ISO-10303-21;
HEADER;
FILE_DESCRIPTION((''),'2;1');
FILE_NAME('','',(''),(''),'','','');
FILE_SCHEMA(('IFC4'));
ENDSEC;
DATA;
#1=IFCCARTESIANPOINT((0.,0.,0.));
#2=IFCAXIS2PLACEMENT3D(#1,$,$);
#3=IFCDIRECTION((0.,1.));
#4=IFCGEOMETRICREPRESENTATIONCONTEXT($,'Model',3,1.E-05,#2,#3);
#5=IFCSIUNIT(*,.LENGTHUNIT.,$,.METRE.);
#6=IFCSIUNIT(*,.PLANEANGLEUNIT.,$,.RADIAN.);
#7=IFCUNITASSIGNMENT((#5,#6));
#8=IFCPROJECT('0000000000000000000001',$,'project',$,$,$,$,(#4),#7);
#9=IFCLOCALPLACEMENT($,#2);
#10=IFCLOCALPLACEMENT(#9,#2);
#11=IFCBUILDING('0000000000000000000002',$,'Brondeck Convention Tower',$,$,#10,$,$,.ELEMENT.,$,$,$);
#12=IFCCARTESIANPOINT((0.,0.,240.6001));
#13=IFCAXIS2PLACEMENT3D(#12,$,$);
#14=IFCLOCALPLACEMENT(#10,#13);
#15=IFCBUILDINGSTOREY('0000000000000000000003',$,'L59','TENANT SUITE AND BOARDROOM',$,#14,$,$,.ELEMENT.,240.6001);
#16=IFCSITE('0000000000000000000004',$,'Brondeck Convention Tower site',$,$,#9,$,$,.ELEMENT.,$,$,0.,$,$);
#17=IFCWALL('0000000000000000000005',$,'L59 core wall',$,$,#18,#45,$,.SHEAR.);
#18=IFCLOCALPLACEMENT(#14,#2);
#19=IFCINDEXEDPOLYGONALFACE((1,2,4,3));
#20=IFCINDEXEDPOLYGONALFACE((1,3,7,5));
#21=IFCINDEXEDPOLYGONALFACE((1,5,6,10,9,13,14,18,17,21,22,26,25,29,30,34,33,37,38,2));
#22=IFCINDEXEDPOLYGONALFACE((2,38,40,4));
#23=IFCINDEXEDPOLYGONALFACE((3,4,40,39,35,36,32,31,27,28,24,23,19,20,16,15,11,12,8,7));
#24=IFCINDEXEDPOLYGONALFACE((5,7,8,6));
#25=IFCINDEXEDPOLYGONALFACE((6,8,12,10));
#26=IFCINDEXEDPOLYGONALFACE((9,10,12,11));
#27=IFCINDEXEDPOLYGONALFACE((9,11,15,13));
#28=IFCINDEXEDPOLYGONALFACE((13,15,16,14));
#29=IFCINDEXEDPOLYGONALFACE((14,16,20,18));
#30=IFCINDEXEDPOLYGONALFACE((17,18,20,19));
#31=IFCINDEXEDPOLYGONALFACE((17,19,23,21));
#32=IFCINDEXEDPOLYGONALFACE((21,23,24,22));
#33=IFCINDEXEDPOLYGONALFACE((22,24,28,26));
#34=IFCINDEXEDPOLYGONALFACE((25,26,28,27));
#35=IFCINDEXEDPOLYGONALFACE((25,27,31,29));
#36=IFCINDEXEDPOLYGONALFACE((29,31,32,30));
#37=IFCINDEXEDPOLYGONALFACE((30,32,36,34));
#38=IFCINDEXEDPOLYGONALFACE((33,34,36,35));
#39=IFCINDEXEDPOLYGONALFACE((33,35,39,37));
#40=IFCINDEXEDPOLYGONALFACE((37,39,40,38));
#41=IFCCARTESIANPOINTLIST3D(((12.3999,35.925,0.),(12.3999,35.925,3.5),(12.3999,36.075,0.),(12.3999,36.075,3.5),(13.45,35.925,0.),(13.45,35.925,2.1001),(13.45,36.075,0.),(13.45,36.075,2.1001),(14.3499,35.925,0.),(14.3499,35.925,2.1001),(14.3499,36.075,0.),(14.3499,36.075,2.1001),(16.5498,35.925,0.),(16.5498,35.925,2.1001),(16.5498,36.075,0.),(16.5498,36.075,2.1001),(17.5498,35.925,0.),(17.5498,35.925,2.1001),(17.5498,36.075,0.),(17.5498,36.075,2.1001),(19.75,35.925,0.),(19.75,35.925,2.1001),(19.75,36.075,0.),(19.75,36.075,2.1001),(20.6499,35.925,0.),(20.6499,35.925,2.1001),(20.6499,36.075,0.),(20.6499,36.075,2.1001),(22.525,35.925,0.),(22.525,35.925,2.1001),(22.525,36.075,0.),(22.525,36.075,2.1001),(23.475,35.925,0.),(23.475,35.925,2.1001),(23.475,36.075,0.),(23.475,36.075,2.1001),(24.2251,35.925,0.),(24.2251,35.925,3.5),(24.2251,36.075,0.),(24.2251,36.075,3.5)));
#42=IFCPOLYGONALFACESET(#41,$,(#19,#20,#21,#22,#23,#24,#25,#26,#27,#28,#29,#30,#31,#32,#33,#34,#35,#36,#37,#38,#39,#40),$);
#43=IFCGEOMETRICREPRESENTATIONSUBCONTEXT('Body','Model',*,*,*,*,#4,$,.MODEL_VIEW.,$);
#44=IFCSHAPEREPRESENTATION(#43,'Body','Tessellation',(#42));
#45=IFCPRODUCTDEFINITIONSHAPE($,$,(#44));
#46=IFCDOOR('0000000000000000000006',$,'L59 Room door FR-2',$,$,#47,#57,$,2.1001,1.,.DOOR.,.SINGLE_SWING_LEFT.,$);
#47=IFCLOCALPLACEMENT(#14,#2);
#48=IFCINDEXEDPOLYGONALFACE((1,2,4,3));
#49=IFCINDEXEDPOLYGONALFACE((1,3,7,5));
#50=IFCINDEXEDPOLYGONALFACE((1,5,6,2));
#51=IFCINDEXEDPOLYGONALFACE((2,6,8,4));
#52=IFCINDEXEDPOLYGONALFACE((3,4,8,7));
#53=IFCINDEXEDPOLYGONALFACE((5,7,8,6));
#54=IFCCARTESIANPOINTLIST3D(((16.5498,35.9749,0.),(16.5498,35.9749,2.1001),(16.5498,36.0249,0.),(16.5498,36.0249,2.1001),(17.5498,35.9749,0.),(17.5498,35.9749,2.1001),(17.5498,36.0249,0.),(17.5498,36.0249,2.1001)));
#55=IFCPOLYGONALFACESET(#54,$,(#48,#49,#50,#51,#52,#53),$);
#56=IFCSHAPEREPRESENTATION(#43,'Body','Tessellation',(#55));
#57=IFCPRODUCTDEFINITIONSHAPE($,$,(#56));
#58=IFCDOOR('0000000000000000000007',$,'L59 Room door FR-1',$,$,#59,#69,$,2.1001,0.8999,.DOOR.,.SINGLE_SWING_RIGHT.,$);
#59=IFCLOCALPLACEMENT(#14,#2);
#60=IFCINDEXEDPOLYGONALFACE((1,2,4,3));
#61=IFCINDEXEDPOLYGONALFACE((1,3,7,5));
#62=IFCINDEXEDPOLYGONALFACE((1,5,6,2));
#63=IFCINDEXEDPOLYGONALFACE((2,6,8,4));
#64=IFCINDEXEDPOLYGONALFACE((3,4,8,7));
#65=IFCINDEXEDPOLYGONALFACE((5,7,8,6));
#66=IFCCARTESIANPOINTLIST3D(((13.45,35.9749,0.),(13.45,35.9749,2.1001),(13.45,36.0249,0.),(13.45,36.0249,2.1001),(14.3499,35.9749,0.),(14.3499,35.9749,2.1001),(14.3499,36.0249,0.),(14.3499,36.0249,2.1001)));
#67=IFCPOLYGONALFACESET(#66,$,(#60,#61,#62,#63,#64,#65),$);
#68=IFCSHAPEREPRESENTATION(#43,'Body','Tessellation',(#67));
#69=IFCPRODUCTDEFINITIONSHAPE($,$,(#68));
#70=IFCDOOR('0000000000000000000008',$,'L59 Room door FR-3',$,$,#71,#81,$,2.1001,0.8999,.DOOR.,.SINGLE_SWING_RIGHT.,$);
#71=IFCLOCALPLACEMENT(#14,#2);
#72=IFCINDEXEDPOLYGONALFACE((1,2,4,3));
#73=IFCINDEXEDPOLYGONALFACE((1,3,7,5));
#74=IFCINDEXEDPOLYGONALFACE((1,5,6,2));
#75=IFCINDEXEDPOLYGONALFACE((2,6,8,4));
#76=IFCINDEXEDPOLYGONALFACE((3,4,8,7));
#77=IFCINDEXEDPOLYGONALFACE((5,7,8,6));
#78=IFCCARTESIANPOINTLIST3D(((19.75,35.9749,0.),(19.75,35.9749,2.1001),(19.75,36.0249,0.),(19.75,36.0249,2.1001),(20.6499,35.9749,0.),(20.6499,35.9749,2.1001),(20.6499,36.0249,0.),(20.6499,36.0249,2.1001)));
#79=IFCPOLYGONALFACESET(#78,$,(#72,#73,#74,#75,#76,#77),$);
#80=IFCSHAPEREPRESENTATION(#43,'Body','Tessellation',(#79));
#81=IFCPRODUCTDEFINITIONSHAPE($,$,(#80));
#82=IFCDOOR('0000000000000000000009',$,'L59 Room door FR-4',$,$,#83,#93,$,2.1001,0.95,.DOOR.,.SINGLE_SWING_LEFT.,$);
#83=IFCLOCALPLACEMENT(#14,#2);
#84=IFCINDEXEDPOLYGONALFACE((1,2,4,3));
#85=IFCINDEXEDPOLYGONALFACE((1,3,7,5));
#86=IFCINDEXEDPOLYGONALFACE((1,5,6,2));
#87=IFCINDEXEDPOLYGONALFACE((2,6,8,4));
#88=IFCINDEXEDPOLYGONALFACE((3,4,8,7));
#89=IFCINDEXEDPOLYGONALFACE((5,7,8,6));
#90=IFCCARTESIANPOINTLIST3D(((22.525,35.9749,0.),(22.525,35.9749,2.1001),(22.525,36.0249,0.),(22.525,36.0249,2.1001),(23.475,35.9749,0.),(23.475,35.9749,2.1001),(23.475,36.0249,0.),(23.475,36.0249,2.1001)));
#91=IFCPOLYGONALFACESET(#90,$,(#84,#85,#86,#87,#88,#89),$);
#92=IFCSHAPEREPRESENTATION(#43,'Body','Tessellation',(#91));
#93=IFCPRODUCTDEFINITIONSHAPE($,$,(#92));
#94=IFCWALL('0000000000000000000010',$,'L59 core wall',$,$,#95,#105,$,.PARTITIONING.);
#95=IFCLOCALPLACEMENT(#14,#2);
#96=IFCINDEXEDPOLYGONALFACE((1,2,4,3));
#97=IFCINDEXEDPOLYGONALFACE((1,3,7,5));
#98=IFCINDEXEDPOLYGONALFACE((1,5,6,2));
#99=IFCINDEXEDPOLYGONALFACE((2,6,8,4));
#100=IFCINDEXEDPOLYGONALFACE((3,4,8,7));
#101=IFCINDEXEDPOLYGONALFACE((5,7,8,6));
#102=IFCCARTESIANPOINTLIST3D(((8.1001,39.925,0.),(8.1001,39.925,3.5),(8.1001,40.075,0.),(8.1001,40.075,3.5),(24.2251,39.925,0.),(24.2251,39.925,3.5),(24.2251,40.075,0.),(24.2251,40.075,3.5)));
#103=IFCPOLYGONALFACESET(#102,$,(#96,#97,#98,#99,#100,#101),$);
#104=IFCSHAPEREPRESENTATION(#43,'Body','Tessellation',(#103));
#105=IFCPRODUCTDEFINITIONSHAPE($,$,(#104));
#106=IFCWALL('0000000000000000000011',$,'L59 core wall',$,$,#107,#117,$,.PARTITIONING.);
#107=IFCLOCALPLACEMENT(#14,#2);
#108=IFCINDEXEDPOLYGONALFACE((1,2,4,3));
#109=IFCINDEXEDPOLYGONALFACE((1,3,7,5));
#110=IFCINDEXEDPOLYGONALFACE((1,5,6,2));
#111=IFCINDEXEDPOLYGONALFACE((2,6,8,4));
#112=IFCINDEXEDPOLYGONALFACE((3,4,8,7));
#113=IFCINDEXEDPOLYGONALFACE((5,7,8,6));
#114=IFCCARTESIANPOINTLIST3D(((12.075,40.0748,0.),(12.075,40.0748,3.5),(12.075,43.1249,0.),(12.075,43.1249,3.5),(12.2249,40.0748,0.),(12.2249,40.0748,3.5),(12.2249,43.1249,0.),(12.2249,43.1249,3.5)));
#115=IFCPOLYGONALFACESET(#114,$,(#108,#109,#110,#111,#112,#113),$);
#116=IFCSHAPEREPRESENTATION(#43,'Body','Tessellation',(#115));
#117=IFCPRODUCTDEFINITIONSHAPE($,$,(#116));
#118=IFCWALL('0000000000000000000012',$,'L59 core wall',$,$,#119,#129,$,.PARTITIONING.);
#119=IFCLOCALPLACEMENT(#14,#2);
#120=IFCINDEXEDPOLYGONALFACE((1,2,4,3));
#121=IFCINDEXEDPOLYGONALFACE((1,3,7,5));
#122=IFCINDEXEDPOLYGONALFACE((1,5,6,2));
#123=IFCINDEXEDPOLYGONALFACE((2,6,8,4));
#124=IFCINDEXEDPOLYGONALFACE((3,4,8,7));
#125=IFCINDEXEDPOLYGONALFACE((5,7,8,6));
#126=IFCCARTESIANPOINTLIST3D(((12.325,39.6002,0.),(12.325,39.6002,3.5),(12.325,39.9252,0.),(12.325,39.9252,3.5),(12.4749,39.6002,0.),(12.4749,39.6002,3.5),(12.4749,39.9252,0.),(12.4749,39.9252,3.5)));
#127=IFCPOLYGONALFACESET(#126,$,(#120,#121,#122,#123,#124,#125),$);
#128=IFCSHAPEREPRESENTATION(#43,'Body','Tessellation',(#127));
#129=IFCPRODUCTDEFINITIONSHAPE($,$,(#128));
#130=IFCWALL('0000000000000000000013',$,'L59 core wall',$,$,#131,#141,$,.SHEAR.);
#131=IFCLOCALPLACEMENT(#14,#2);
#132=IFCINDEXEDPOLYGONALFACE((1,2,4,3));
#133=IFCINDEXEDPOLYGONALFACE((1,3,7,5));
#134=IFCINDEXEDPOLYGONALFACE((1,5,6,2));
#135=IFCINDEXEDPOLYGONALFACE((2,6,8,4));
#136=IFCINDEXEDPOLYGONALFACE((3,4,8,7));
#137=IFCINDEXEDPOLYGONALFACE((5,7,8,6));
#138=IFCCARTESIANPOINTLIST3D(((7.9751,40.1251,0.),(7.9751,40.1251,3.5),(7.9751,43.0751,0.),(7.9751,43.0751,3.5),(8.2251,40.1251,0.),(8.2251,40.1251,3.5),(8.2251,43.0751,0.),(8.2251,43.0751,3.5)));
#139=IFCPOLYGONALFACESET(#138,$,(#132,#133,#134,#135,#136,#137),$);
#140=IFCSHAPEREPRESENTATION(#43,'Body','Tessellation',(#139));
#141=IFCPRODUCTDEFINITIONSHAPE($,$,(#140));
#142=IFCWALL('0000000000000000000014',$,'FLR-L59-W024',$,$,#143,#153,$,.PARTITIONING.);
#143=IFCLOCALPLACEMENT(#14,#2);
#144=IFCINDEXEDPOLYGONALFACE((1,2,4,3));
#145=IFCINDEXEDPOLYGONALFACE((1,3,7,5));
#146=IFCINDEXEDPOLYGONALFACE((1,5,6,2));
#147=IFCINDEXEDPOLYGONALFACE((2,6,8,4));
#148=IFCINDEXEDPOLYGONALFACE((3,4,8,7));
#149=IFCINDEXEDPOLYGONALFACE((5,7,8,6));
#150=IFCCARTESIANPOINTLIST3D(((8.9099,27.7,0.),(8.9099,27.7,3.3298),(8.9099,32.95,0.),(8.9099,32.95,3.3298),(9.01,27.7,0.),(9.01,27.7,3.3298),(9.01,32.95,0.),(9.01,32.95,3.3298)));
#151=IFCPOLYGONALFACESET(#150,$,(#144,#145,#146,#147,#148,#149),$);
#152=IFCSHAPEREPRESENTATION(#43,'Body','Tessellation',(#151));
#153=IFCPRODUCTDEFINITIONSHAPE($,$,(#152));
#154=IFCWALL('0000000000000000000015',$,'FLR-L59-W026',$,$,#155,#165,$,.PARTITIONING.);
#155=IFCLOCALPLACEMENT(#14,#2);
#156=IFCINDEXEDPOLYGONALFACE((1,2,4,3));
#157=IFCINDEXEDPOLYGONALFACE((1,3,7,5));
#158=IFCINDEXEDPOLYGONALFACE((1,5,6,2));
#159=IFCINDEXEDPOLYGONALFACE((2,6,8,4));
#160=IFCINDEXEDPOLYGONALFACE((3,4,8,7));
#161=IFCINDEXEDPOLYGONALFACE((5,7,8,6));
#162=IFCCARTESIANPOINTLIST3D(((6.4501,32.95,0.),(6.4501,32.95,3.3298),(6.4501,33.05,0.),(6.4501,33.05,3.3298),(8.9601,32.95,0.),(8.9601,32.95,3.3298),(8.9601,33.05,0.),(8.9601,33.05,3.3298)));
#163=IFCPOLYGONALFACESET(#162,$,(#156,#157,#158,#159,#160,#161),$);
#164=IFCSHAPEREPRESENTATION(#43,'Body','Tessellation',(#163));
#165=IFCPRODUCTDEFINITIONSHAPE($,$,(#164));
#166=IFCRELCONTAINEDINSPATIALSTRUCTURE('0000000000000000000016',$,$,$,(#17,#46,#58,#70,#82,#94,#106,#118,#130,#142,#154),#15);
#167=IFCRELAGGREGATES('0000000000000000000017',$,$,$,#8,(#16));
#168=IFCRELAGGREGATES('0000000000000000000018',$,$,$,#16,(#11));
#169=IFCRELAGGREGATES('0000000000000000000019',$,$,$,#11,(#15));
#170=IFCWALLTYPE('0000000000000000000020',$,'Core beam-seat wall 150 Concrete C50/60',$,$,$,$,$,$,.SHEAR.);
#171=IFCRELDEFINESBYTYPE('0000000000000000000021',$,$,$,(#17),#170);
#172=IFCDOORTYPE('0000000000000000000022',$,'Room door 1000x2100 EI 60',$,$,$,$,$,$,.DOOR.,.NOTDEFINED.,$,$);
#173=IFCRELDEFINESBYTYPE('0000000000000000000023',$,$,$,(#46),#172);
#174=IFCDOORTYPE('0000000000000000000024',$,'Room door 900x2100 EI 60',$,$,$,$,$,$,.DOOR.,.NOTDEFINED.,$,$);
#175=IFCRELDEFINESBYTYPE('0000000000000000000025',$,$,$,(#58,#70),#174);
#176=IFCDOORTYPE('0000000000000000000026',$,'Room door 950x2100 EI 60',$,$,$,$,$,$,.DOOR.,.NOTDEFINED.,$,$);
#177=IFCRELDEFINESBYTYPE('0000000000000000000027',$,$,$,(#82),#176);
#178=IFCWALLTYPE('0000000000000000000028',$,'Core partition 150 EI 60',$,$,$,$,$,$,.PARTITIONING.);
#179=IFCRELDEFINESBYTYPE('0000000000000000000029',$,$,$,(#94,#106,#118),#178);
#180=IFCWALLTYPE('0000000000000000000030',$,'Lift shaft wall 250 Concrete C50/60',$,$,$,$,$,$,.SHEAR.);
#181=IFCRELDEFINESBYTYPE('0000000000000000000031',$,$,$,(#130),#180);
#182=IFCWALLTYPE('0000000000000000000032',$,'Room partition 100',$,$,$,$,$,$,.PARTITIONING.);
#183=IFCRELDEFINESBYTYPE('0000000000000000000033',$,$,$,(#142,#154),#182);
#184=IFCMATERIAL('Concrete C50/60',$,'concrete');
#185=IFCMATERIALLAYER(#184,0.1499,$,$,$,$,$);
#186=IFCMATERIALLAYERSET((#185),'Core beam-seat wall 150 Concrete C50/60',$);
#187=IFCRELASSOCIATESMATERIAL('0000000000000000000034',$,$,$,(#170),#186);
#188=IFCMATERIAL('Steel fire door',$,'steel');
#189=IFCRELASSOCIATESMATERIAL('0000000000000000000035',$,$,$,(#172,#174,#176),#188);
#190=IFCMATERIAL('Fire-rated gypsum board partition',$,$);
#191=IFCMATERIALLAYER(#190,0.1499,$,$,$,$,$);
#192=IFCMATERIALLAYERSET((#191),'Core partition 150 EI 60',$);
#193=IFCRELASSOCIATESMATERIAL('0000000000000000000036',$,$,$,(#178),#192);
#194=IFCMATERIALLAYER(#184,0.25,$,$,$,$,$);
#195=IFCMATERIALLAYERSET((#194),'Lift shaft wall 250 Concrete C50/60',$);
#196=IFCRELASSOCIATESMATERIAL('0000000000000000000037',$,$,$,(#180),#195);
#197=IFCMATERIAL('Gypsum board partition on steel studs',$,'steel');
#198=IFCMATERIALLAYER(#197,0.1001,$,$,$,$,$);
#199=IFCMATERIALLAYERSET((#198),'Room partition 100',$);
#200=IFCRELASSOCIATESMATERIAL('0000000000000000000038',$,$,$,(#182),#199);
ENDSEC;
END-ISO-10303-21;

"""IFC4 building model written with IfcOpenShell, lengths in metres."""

from ifc_helpers import new_model, si_unit, direction, frame, frame_2d, origin, place, context, subcontext, project, spatial, rectangle, extrude, material, layer, layer_set, type_object, element, fill, save


model = new_model("IFC4")

# Units and contexts
model_context = context("Model", 3, precision=1e-05, world=origin(), true_north=direction((0.0, 1.0)))
body_context = subcontext(model_context, "Body", "Model", "MODEL_VIEW")
ifc_project = project(units=[si_unit("LENGTHUNIT", "METRE"), si_unit("PLANEANGLEUNIT", "RADIAN")], contexts=[model_context])

# Site, building, storey
site_placement = place(None, origin())
site = spatial("IfcSite", under=ifc_project, at=site_placement, Name="Brondeck Convention Tower site", CompositionType="ELEMENT", RefElevation=0.0)
building_placement = place(site_placement, origin())
building = spatial("IfcBuilding", under=site, at=building_placement, Name="Brondeck Convention Tower", CompositionType="ELEMENT")
storey_placement = place(building_placement, frame((0.0, 0.0, 240.6001)))
storey = spatial("IfcBuildingStorey", under=building, at=storey_placement, Name="L59", Description="TENANT SUITE AND BOARDROOM", CompositionType="ELEMENT", Elevation=240.6001)

# Shared definitions
ifc_material_1 = material(Name="Concrete C50/60", Category="concrete")

# Wall, openings, doors
ifc_layer_1 = layer(ifc_material_1, 0.1499)
ifc_layer_set_1 = layer_set([ifc_layer_1], Name="Core beam-seat wall 150 Concrete C50/60")
wall_type_1 = type_object("IfcWallType", Name="Core beam-seat wall 150 Concrete C50/60", PredefinedType="SHEAR", material=ifc_layer_set_1)
wall_1_placement = place(storey_placement, frame((12.3999, 36.0, 0.0), z_axis=(0.0, 0.0, 1.0), x_axis=(1.0, 0.0, 0.0)))
wall_1 = element("IfcWall", 1, at=wall_1_placement, inside=storey, type_object=wall_type_1, Name="L59 core wall", PredefinedType="SHEAR", context=body_context, shape_type="SweptSolid", body=[
    extrude(rectangle(XDim=11.8252, YDim=0.1499, at=frame_2d((5.9126, 0.0))), origin(), (0.0, 0.0, 1.0), 3.5),
])
opening_1_placement = place(wall_1_placement, frame((1.05, 0.0, 0.0)))
opening_1 = element("IfcOpeningElement", 2, at=opening_1_placement, cuts=wall_1, PredefinedType="OPENING", context=body_context, shape_type="SweptSolid", body=[
    extrude(rectangle(XDim=0.8999, YDim=2.1001, at=frame_2d((0.45, 1.05))), frame((0.0, 0.085, 0.0), z_axis=(0.0, -1.0, 0.0), x_axis=(1.0, 0.0, 0.0)), (0.0, 0.0, 1.0), 0.1699),
])
opening_2_placement = place(wall_1_placement, frame((4.1499, 0.0, 0.0)))
opening_2 = element("IfcOpeningElement", 3, at=opening_2_placement, cuts=wall_1, PredefinedType="OPENING", context=body_context, shape_type="SweptSolid", body=[
    extrude(rectangle(XDim=1.0, YDim=2.1001, at=frame_2d((0.5, 1.05))), frame((0.0, 0.085, 0.0), z_axis=(0.0, -1.0, 0.0), x_axis=(1.0, 0.0, 0.0)), (0.0, 0.0, 1.0), 0.1699),
])
opening_3_placement = place(wall_1_placement, frame((7.3501, 0.0, 0.0)))
opening_3 = element("IfcOpeningElement", 4, at=opening_3_placement, cuts=wall_1, PredefinedType="OPENING", context=body_context, shape_type="SweptSolid", body=[
    extrude(rectangle(XDim=0.8999, YDim=2.1001, at=frame_2d((0.45, 1.05))), frame((0.0, 0.085, 0.0), z_axis=(0.0, -1.0, 0.0), x_axis=(1.0, 0.0, 0.0)), (0.0, 0.0, 1.0), 0.1699),
])
opening_4_placement = place(wall_1_placement, frame((10.125, 0.0, 0.0)))
opening_4 = element("IfcOpeningElement", 5, at=opening_4_placement, cuts=wall_1, PredefinedType="OPENING", context=body_context, shape_type="SweptSolid", body=[
    extrude(rectangle(XDim=0.95, YDim=2.1001, at=frame_2d((0.4751, 1.05))), frame((0.0, 0.085, 0.0), z_axis=(0.0, -1.0, 0.0), x_axis=(1.0, 0.0, 0.0)), (0.0, 0.0, 1.0), 0.1699),
])
ifc_material_2 = material(Name="Steel fire door", Category="steel")
door_type_1 = type_object("IfcDoorType", Name="Room door 1000x2100 EI 60", OperationType="NOTDEFINED", PredefinedType="DOOR", material=ifc_material_2)
door_1_placement = place(opening_2_placement, origin())
door_1 = element("IfcDoor", 6, at=door_1_placement, inside=storey, type_object=door_type_1, Name="L59 Room door FR-2", OperationType="SINGLE_SWING_LEFT", OverallHeight=2.1001, OverallWidth=1.0, PredefinedType="DOOR", context=body_context, shape_type="SweptSolid", body=[
    extrude(rectangle(XDim=1.0, YDim=2.1001, at=frame_2d((0.5, 1.05))), frame((0.0, 0.0249, 0.0), z_axis=(0.0, -1.0, 0.0), x_axis=(1.0, 0.0, 0.0)), (0.0, 0.0, 1.0), 0.05),
])
fill(opening_2, door_1)
door_type_2 = type_object("IfcDoorType", Name="Room door 900x2100 EI 60", OperationType="NOTDEFINED", PredefinedType="DOOR", material=ifc_material_2)
door_2_placement = place(opening_1_placement, origin())
door_2 = element("IfcDoor", 7, at=door_2_placement, inside=storey, type_object=door_type_2, Name="L59 Room door FR-1", OperationType="SINGLE_SWING_RIGHT", OverallHeight=2.1001, OverallWidth=0.8999, PredefinedType="DOOR", context=body_context, shape_type="SweptSolid", body=[
    extrude(rectangle(XDim=0.8999, YDim=2.1001, at=frame_2d((0.45, 1.05))), frame((0.0, 0.0249, 0.0), z_axis=(0.0, -1.0, 0.0), x_axis=(1.0, 0.0, 0.0)), (0.0, 0.0, 1.0), 0.05),
])
fill(opening_1, door_2)
door_3_placement = place(opening_3_placement, origin())
door_3 = element("IfcDoor", 8, at=door_3_placement, inside=storey, type_object=door_type_2, Name="L59 Room door FR-3", OperationType="SINGLE_SWING_RIGHT", OverallHeight=2.1001, OverallWidth=0.8999, PredefinedType="DOOR", context=body_context, shape_type="SweptSolid", body=[
    extrude(rectangle(XDim=0.8999, YDim=2.1001, at=frame_2d((0.45, 1.05))), frame((0.0, 0.0249, 0.0), z_axis=(0.0, -1.0, 0.0), x_axis=(1.0, 0.0, 0.0)), (0.0, 0.0, 1.0), 0.05),
])
fill(opening_3, door_3)
door_type_3 = type_object("IfcDoorType", Name="Room door 950x2100 EI 60", OperationType="NOTDEFINED", PredefinedType="DOOR", material=ifc_material_2)
door_4_placement = place(opening_4_placement, origin())
door_4 = element("IfcDoor", 9, at=door_4_placement, inside=storey, type_object=door_type_3, Name="L59 Room door FR-4", OperationType="SINGLE_SWING_LEFT", OverallHeight=2.1001, OverallWidth=0.95, PredefinedType="DOOR", context=body_context, shape_type="SweptSolid", body=[
    extrude(rectangle(XDim=0.95, YDim=2.1001, at=frame_2d((0.4751, 1.05))), frame((0.0, 0.0249, 0.0), z_axis=(0.0, -1.0, 0.0), x_axis=(1.0, 0.0, 0.0)), (0.0, 0.0, 1.0), 0.05),
])
fill(opening_4, door_4)

# Walls
ifc_material_3 = material(Name="Fire-rated gypsum board partition")
ifc_layer_2 = layer(ifc_material_3, 0.1499)
ifc_layer_set_2 = layer_set([ifc_layer_2], Name="Core partition 150 EI 60")
wall_type_2 = type_object("IfcWallType", Name="Core partition 150 EI 60", PredefinedType="PARTITIONING", material=ifc_layer_set_2)
wall_2_placement = place(storey_placement, frame((8.1001, 40.0, 0.0), z_axis=(0.0, 0.0, 1.0), x_axis=(1.0, 0.0, 0.0)))
element("IfcWall", 10, at=wall_2_placement, inside=storey, type_object=wall_type_2, Name="L59 core wall", PredefinedType="PARTITIONING", context=body_context, shape_type="SweptSolid", body=[
    extrude(rectangle(XDim=16.125, YDim=0.1499, at=frame_2d((8.0625, 0.0))), origin(), (0.0, 0.0, 1.0), 3.5),
])
wall_3_placement = place(storey_placement, frame((12.1499, 40.075, 0.0), z_axis=(0.0, 0.0, 1.0), x_axis=(0.0, 1.0, 0.0)))
element("IfcWall", 11, at=wall_3_placement, inside=storey, type_object=wall_type_2, Name="L59 core wall", PredefinedType="PARTITIONING", context=body_context, shape_type="SweptSolid", body=[
    extrude(rectangle(XDim=3.05, YDim=0.1499, at=frame_2d((1.5249, 0.0))), origin(), (0.0, 0.0, 1.0), 3.5),
])
wall_4_placement = place(storey_placement, frame((12.3999, 39.6001, 0.0), z_axis=(0.0, 0.0, 1.0), x_axis=(0.0, 1.0, 0.0)))
element("IfcWall", 12, at=wall_4_placement, inside=storey, type_object=wall_type_2, Name="L59 core wall", PredefinedType="PARTITIONING", context=body_context, shape_type="SweptSolid", body=[
    extrude(rectangle(XDim=0.325, YDim=0.1499, at=frame_2d((0.1626, 0.0))), origin(), (0.0, 0.0, 1.0), 3.5),
])
ifc_layer_3 = layer(ifc_material_1, 0.25)
ifc_layer_set_3 = layer_set([ifc_layer_3], Name="Lift shaft wall 250 Concrete C50/60")
wall_type_3 = type_object("IfcWallType", Name="Lift shaft wall 250 Concrete C50/60", PredefinedType="SHEAR", material=ifc_layer_set_3)
wall_5_placement = place(storey_placement, frame((8.1001, 40.125, 0.0), z_axis=(0.0, 0.0, 1.0), x_axis=(0.0, 1.0, 0.0)))
element("IfcWall", 13, at=wall_5_placement, inside=storey, type_object=wall_type_3, Name="L59 core wall", PredefinedType="SHEAR", context=body_context, shape_type="SweptSolid", body=[
    extrude(rectangle(XDim=2.95, YDim=0.25, at=frame_2d((1.4751, 0.0))), origin(), (0.0, 0.0, 1.0), 3.5),
])
ifc_material_4 = material(Name="Gypsum board partition on steel studs", Category="steel")
ifc_layer_4 = layer(ifc_material_4, 0.1001)
ifc_layer_set_4 = layer_set([ifc_layer_4], Name="Room partition 100")
wall_type_4 = type_object("IfcWallType", Name="Room partition 100", PredefinedType="PARTITIONING", material=ifc_layer_set_4)
wall_6_placement = place(storey_placement, frame((8.96, 32.95, 0.0), z_axis=(0.0, 0.0, 1.0), x_axis=(0.0, -1.0, 0.0)))
element("IfcWall", 14, at=wall_6_placement, inside=storey, type_object=wall_type_4, Name="FLR-L59-W024", PredefinedType="PARTITIONING", context=body_context, shape_type="SweptSolid", body=[
    extrude(rectangle(XDim=5.25, YDim=0.1001, at=frame_2d((2.625, 0.0))), origin(), (0.0, 0.0, 1.0), 3.3298),
])
wall_7_placement = place(storey_placement, frame((8.96, 33.0, 0.0), z_axis=(0.0, 0.0, 1.0), x_axis=(-1.0, 0.0, 0.0)))
element("IfcWall", 15, at=wall_7_placement, inside=storey, type_object=wall_type_4, Name="FLR-L59-W026", PredefinedType="PARTITIONING", context=body_context, shape_type="SweptSolid", body=[
    extrude(rectangle(XDim=2.51, YDim=0.1001, at=frame_2d((1.2549, 0.0))), origin(), (0.0, 0.0, 1.0), 3.3298),
])

save(model, "model.ifc")
